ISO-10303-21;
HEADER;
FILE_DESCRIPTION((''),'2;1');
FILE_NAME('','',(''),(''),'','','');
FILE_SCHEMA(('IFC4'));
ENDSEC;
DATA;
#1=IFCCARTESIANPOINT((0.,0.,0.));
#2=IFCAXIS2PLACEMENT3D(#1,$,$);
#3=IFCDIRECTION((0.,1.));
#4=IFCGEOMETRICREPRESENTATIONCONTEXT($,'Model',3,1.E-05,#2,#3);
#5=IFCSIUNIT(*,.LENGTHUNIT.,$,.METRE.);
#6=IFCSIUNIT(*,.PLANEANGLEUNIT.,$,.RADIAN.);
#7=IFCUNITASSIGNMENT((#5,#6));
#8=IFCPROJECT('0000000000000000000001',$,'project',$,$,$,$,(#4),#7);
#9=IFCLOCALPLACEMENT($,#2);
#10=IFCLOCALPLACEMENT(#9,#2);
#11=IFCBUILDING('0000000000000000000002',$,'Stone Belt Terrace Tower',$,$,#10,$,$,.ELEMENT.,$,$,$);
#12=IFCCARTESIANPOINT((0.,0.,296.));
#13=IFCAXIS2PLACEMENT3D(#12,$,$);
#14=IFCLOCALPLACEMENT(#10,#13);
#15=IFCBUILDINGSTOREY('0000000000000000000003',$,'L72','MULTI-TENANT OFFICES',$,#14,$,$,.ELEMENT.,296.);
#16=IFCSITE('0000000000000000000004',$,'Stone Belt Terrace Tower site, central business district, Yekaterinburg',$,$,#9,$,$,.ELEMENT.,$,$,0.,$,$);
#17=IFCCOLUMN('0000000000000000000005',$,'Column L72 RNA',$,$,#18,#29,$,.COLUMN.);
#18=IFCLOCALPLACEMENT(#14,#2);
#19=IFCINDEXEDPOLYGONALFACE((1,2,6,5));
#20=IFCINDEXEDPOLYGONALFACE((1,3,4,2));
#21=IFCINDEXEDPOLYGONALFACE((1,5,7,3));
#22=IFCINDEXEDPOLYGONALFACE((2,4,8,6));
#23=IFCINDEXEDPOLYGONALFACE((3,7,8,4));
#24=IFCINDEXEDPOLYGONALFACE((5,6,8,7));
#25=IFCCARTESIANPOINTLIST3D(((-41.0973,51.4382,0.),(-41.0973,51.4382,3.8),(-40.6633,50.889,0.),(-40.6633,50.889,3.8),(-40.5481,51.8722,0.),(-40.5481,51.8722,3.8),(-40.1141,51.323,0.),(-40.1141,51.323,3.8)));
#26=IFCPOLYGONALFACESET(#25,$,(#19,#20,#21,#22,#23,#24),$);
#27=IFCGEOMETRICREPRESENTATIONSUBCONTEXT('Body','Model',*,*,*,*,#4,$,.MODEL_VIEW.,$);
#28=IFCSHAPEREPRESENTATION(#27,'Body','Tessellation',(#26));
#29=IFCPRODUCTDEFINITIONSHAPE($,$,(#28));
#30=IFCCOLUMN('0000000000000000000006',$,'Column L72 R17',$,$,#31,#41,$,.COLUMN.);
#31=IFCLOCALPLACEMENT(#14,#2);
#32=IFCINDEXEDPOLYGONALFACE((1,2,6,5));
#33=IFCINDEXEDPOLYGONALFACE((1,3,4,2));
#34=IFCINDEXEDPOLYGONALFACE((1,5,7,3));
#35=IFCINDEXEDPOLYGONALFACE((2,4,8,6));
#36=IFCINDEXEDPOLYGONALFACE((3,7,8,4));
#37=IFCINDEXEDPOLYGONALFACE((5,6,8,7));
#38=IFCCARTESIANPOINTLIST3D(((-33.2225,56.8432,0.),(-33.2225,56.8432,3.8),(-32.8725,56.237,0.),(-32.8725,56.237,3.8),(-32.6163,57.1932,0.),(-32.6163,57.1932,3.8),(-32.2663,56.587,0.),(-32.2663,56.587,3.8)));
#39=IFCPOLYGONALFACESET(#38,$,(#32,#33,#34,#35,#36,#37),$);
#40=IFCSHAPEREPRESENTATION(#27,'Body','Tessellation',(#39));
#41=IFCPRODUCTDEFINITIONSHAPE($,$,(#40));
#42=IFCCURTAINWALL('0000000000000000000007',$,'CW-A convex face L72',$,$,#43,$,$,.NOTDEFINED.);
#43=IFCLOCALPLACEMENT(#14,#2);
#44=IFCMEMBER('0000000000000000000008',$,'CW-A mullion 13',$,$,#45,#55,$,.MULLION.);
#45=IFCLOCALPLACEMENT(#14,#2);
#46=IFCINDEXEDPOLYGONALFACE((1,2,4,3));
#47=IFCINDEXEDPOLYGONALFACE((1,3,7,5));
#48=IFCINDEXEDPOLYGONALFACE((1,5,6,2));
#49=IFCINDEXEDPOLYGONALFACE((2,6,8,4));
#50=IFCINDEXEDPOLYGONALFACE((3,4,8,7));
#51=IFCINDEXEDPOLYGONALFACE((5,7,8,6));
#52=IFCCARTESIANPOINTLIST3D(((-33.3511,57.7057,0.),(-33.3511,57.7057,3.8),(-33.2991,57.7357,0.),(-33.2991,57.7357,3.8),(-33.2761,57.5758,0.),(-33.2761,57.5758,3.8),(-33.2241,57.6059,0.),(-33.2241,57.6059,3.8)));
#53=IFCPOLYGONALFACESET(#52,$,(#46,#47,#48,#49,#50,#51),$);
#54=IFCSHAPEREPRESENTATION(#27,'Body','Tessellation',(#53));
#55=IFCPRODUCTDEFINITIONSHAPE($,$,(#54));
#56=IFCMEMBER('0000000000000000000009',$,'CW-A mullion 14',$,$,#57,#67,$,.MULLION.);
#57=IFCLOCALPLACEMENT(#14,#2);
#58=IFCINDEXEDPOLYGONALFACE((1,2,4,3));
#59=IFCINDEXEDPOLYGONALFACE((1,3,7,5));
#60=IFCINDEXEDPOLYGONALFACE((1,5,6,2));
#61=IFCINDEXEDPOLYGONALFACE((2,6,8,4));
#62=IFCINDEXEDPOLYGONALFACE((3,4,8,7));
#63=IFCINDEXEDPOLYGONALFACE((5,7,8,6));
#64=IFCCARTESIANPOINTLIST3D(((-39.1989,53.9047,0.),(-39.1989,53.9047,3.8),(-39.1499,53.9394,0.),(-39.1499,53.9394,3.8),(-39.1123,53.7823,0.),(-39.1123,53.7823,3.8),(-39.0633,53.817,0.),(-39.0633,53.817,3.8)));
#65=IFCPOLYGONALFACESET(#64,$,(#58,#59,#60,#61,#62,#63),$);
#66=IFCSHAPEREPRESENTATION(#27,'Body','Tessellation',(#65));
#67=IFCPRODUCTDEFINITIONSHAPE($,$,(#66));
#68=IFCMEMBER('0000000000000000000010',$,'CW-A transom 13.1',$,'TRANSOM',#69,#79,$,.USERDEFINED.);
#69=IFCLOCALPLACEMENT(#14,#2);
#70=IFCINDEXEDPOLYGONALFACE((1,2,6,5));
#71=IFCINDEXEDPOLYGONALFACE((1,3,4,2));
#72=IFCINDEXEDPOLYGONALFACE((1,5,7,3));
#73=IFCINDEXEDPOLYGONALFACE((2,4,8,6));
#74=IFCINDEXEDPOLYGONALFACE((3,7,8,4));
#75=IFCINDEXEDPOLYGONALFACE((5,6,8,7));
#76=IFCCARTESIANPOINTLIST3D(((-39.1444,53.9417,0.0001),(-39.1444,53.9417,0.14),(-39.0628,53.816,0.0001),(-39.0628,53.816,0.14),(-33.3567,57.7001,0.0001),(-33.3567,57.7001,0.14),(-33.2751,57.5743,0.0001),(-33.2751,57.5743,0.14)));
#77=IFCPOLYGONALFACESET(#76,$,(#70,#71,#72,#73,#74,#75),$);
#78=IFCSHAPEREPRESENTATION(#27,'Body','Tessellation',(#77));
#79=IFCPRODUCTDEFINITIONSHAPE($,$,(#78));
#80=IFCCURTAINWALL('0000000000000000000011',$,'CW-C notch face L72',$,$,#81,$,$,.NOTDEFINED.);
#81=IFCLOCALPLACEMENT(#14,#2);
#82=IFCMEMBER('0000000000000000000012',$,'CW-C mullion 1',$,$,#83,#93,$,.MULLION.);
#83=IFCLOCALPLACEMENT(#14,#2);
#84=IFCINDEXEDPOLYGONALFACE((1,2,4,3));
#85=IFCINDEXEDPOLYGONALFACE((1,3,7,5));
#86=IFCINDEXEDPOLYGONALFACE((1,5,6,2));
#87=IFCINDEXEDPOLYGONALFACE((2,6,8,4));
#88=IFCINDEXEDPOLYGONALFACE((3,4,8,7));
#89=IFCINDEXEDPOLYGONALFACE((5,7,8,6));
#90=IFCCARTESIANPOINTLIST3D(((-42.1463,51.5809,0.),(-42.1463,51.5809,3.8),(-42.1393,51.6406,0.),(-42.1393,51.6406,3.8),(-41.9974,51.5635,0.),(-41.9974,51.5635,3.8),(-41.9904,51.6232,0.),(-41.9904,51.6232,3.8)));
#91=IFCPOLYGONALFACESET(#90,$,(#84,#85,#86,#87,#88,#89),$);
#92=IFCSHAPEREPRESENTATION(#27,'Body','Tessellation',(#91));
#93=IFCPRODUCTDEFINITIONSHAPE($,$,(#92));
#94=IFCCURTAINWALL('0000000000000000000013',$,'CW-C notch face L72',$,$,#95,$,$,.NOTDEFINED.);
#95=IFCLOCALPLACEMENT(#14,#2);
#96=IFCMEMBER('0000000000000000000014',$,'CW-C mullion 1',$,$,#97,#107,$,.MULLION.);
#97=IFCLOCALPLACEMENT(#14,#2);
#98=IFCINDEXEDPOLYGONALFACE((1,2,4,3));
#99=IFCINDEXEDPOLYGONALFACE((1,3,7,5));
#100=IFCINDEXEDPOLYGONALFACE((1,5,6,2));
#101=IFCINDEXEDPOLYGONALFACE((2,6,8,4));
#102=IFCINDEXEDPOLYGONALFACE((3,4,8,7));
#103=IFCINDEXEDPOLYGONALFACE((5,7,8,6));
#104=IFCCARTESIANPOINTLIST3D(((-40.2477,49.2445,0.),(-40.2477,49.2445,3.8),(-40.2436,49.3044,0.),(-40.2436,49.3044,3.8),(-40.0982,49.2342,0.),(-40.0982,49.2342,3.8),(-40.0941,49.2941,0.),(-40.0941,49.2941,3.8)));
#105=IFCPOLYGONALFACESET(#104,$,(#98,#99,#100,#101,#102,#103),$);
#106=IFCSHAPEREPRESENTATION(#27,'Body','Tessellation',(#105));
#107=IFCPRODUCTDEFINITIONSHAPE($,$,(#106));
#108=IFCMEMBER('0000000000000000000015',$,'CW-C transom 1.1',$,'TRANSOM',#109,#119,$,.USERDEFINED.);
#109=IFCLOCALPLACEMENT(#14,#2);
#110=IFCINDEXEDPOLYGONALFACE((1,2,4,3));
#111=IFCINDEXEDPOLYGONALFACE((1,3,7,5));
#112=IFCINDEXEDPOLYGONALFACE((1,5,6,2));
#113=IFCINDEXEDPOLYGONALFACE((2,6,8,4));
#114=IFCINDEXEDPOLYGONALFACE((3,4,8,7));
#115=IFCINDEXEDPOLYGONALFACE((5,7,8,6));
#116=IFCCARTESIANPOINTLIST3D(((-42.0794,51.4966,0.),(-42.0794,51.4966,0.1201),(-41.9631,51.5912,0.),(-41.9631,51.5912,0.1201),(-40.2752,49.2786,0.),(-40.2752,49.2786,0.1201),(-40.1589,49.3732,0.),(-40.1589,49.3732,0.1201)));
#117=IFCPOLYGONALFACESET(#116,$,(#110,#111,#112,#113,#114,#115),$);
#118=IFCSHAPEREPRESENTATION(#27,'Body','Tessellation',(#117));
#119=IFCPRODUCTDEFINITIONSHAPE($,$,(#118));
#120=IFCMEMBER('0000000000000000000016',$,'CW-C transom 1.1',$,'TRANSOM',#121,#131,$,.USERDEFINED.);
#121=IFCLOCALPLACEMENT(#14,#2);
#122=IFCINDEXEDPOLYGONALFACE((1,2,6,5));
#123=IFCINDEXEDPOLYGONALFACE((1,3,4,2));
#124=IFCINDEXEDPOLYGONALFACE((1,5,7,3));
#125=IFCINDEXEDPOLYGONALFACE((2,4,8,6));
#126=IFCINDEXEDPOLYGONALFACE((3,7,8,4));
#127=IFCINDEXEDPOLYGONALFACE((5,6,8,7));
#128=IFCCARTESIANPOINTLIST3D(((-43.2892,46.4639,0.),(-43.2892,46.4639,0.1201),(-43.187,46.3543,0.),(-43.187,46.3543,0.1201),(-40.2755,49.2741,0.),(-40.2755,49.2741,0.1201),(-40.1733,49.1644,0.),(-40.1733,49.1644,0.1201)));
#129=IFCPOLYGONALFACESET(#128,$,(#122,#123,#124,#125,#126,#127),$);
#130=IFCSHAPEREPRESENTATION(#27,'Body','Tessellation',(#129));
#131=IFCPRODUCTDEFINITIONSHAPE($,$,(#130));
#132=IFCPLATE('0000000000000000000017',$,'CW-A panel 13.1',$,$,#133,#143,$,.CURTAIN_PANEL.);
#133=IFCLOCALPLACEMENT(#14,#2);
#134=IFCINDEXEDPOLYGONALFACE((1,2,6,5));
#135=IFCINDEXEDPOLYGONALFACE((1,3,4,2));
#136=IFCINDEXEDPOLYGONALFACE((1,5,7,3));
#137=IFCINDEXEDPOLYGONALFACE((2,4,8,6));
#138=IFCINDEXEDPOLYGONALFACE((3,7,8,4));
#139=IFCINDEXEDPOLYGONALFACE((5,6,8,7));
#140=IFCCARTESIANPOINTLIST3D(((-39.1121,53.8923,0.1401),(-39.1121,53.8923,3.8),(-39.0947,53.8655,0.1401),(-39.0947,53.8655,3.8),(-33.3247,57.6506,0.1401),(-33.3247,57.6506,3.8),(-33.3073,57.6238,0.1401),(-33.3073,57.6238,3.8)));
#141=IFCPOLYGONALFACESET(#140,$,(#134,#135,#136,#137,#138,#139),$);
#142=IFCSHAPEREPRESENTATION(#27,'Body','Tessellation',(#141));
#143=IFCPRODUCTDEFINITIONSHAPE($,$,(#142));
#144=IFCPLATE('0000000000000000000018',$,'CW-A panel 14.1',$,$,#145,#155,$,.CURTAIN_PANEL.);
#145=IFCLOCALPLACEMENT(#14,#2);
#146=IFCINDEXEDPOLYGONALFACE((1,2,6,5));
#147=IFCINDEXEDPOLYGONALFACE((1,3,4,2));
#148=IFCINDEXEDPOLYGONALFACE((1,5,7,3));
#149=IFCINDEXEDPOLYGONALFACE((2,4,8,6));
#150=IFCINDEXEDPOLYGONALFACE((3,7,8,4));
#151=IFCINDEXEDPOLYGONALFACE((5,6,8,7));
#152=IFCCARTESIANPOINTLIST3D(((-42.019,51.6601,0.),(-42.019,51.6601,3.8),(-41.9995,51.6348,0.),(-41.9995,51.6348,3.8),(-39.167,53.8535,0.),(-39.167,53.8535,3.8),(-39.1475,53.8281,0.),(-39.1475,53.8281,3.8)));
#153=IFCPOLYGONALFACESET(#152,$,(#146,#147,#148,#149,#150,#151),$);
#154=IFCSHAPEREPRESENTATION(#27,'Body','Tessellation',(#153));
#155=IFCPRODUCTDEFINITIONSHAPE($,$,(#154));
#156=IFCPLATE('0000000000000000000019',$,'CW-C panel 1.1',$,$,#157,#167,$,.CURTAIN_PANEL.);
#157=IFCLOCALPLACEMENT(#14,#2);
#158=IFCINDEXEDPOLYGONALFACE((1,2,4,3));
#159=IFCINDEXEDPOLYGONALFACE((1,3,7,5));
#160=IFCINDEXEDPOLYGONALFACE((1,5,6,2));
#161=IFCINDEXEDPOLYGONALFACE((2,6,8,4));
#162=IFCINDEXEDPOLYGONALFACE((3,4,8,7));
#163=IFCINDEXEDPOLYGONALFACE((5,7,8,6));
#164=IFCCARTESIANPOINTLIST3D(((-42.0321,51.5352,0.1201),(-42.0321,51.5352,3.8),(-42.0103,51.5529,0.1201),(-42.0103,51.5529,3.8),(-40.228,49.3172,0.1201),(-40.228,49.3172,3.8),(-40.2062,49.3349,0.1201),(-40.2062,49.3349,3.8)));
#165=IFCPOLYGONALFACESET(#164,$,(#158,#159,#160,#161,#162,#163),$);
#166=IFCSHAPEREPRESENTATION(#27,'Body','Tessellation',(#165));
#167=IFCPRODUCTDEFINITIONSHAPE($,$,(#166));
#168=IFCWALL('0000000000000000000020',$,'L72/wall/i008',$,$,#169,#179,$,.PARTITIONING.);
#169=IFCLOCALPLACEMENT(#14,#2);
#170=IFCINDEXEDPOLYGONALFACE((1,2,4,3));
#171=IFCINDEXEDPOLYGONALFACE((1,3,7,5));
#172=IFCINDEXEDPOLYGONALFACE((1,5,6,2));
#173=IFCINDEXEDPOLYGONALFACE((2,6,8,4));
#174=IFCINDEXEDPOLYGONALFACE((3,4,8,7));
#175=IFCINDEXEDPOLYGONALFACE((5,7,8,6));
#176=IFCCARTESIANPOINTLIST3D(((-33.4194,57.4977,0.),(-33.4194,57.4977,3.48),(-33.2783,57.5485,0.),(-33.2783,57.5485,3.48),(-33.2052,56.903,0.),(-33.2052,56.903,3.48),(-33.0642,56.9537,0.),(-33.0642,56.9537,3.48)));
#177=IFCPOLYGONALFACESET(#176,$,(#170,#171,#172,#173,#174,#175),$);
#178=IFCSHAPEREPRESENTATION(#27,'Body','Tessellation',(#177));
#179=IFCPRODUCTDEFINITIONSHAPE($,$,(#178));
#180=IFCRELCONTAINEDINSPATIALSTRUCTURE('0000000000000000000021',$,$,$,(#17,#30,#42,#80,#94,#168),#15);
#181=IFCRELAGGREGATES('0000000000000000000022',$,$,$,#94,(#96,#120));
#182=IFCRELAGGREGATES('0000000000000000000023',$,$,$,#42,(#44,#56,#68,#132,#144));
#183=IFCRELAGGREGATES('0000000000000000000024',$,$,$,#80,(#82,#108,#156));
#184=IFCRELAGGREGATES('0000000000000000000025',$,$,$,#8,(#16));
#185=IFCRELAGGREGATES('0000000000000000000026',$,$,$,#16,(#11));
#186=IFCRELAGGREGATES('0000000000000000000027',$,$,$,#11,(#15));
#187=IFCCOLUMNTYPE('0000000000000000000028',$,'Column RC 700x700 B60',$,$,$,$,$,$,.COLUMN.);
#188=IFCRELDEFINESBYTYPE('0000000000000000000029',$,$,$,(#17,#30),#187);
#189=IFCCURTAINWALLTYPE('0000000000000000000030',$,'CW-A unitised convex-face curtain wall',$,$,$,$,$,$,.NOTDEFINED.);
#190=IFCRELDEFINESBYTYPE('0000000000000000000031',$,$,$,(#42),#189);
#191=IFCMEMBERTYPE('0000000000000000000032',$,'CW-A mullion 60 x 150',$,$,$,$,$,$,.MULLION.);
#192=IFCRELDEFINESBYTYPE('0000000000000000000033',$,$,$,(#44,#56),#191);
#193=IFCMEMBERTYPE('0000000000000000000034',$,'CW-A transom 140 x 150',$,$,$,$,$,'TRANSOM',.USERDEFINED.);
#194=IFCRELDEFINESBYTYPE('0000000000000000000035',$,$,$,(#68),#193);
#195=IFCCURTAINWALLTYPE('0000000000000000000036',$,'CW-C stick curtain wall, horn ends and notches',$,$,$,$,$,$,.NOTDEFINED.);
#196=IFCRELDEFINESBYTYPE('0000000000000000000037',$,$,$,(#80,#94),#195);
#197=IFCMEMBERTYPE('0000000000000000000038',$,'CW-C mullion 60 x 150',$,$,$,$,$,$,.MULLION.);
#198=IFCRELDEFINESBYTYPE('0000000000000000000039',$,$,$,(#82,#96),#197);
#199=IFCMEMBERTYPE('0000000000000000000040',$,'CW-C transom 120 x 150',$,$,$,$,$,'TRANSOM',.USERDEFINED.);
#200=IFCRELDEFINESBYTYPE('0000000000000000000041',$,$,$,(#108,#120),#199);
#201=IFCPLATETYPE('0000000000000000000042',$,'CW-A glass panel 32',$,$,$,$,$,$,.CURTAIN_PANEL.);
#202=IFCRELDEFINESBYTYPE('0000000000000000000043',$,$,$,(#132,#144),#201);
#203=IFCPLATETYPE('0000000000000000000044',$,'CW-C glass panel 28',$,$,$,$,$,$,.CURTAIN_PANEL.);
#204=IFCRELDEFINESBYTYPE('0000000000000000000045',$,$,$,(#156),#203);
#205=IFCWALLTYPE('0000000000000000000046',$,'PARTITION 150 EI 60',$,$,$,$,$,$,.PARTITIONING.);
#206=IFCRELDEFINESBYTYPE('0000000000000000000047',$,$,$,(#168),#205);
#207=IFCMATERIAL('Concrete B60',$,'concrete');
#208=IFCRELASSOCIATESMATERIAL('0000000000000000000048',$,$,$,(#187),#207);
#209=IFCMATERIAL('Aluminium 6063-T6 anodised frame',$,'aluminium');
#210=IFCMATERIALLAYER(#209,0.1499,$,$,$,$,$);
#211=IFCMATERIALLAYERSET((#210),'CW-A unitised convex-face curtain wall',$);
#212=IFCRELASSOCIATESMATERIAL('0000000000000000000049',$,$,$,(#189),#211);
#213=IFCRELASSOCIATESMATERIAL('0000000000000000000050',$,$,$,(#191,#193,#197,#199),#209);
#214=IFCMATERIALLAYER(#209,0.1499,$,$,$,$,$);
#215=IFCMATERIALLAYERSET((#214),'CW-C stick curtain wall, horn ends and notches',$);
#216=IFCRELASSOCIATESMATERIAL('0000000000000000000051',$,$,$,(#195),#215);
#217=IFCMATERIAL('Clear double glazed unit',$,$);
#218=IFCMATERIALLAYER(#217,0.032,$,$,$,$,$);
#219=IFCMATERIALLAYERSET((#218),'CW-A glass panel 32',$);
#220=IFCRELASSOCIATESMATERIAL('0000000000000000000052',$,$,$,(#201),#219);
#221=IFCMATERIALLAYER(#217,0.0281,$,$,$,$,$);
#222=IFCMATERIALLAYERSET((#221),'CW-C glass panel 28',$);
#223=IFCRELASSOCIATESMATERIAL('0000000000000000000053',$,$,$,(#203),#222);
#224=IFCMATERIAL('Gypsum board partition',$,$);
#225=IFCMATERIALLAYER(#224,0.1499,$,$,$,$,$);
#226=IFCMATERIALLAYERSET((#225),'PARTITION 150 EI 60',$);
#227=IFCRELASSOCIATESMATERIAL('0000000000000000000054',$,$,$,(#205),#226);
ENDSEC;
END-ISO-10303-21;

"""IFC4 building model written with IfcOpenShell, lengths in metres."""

from ifc_helpers import new_model, si_unit, direction, frame, frame_2d, origin, origin_2d, place, context, subcontext, project, spatial, rectangle, extrude, material, layer, layer_set, material_profile, profile_set, type_object, element, aggregate, save


model = new_model("IFC4")

# Units and contexts
model_context = context("Model", 3, precision=1e-05, world=origin(), true_north=direction((0.0, 1.0)))
body_context = subcontext(model_context, "Body", "Model", "MODEL_VIEW")
ifc_project = project(units=[si_unit("LENGTHUNIT", "METRE"), si_unit("PLANEANGLEUNIT", "RADIAN")], contexts=[model_context])

# Site, building, storey
site_placement = place(None, origin())
site = spatial("IfcSite", under=ifc_project, at=site_placement, Name="Stone Belt Terrace Tower site, central business district, Yekaterinburg", CompositionType="ELEMENT", RefElevation=0.0)
building_placement = place(site_placement, origin())
building = spatial("IfcBuilding", under=site, at=building_placement, Name="Stone Belt Terrace Tower", CompositionType="ELEMENT")
storey_placement = place(building_placement, frame((0.0, 0.0, 296.0)))
storey = spatial("IfcBuildingStorey", under=building, at=storey_placement, Name="L72", Description="MULTI-TENANT OFFICES", CompositionType="ELEMENT", Elevation=296.0)

# Columns
ifc_material_1 = material(Name="Concrete B60", Category="concrete")
ifc_material_profile_1 = material_profile(ifc_material_1, rectangle(XDim=0.7, YDim=0.7, at=origin_2d()), Name="RC 700x700")
ifc_profile_set_1 = profile_set([ifc_material_profile_1], Name="Concrete B60")
column_type = type_object("IfcColumnType", Name="Column RC 700x700 B60", PredefinedType="COLUMN", material=ifc_profile_set_1)
for number, where, z_axis, x_axis, name in (
    (1, (-40.6057, 51.3806, 0.0), (0.0, 0.0, 1.0), (0.78457, 0.620041, 0.0), "Column L72 RNA"),
    (2, (-32.7444, 56.7151, 0.0), (0.0, 0.0, 1.0), (0.866025, 0.5, 0.0), "Column L72 R17"),
):
    element("IfcColumn", number, at=place(storey_placement, frame(where, z_axis=z_axis, x_axis=x_axis)), inside=storey, type_object=column_type, Name=name, PredefinedType="COLUMN", context=body_context, shape_type="SweptSolid", body=[
        extrude(rectangle(XDim=0.7, YDim=0.7, at=origin_2d()), origin(), (0.0, 0.0, 1.0), 3.8),
    ])

# Curtain wall, members
ifc_material_2 = material(Name="Aluminium 6063-T6 anodised frame", Category="aluminium")
ifc_layer_1 = layer(ifc_material_2, 0.1499)
ifc_layer_set_1 = layer_set([ifc_layer_1], Name="CW-A unitised convex-face curtain wall")
curtain_wall_type_1 = type_object("IfcCurtainWallType", Name="CW-A unitised convex-face curtain wall", PredefinedType="NOTDEFINED", material=ifc_layer_set_1)
curtain_wall_1_placement = place(storey_placement, origin())
curtain_wall_1 = element("IfcCurtainWall", 3, at=curtain_wall_1_placement, inside=storey, type_object=curtain_wall_type_1, Name="CW-A convex face L72", PredefinedType="NOTDEFINED")
ifc_material_profile_2 = material_profile(ifc_material_2, rectangle(XDim=0.1499, YDim=0.0601, at=origin_2d()), Name="Aluminium 6063-T6 60x150")
ifc_profile_set_2 = profile_set([ifc_material_profile_2], Name="Aluminium 6063-T6 anodised frame")
member_type_1 = type_object("IfcMemberType", Name="CW-A mullion 60 x 150", PredefinedType="MULLION", material=ifc_profile_set_2)
member_1_placement = place(storey_placement, frame((-33.2876, 57.6558, 0.0), z_axis=(0.0, 0.0, 1.0), x_axis=(0.5, -0.866025, 0.0)))
member_1 = element("IfcMember", 4, at=member_1_placement, type_object=member_type_1, Name="CW-A mullion 13", PredefinedType="MULLION", context=body_context, shape_type="SweptSolid", body=[
    extrude(rectangle(XDim=0.1499, YDim=0.0601, at=origin_2d()), origin(), (0.0, 0.0, 1.0), 3.8),
])
member_2_placement = place(storey_placement, frame((-39.1311, 53.8608, 0.0), z_axis=(0.0, 0.0, 1.0), x_axis=(0.577587, -0.816329, 0.0)))
member_2 = element("IfcMember", 5, at=member_2_placement, type_object=member_type_1, Name="CW-A mullion 14", PredefinedType="MULLION", context=body_context, shape_type="SweptSolid", body=[
    extrude(rectangle(XDim=0.1499, YDim=0.0601, at=origin_2d()), origin(), (0.0, 0.0, 1.0), 3.8),
])
ifc_material_profile_3 = material_profile(ifc_material_2, rectangle(XDim=0.1499, YDim=0.1399, at=origin_2d()), Name="Aluminium 6063-T6 150x140")
ifc_profile_set_3 = profile_set([ifc_material_profile_3], Name="Aluminium 6063-T6 anodised frame")
member_type_2 = type_object("IfcMemberType", Name="CW-A transom 140 x 150", ElementType="TRANSOM", PredefinedType="USERDEFINED", material=ifc_profile_set_3)
member_3_placement = place(storey_placement, frame((-33.3159, 57.6372, 0.0701), z_axis=(-0.838684, -0.544618, 0.0), x_axis=(0.544618, -0.838684, 0.0)))
member_3 = element("IfcMember", 6, at=member_3_placement, type_object=member_type_2, Name="CW-A transom 13.1", ObjectType="TRANSOM", PredefinedType="USERDEFINED", context=body_context, shape_type="SweptSolid", body=[
    extrude(rectangle(XDim=0.1499, YDim=0.1399, at=origin_2d()), origin(), (0.0, 0.0, 1.0), 6.9009),
])

# Curtain walls, members
ifc_layer_2 = layer(ifc_material_2, 0.1499)
ifc_layer_set_2 = layer_set([ifc_layer_2], Name="CW-C stick curtain wall, horn ends and notches")
curtain_wall_type_2 = type_object("IfcCurtainWallType", Name="CW-C stick curtain wall, horn ends and notches", PredefinedType="NOTDEFINED", material=ifc_layer_set_2)
curtain_wall_2_placement = place(storey_placement, origin())
curtain_wall_2 = element("IfcCurtainWall", 7, at=curtain_wall_2_placement, inside=storey, type_object=curtain_wall_type_2, Name="CW-C notch face L72", PredefinedType="NOTDEFINED")
ifc_material_profile_4 = material_profile(ifc_material_2, rectangle(XDim=0.1499, YDim=0.0601, at=origin_2d()), Name="Aluminium 6063-T6 60x150")
ifc_profile_set_4 = profile_set([ifc_material_profile_4], Name="Aluminium 6063-T6 anodised frame")
member_type_3 = type_object("IfcMemberType", Name="CW-C mullion 60 x 150", PredefinedType="MULLION", material=ifc_profile_set_4)
member_4_placement = place(storey_placement, frame((-42.0684, 51.6021, 0.0), z_axis=(0.0, 0.0, 1.0), x_axis=(0.993258, -0.115925, 0.0)))
member_4 = element("IfcMember", 8, at=member_4_placement, type_object=member_type_3, Name="CW-C mullion 1", PredefinedType="MULLION", context=body_context, shape_type="SweptSolid", body=[
    extrude(rectangle(XDim=0.1499, YDim=0.0601, at=origin_2d()), origin(), (0.0, 0.0, 1.0), 3.8),
])
curtain_wall_3_placement = place(storey_placement, origin())
curtain_wall_3 = element("IfcCurtainWall", 9, at=curtain_wall_3_placement, inside=storey, type_object=curtain_wall_type_2, Name="CW-C notch face L72", PredefinedType="NOTDEFINED")
member_5_placement = place(storey_placement, frame((-40.1709, 49.2693, 0.0), z_axis=(0.0, 0.0, 1.0), x_axis=(0.99764, -0.068666, 0.0)))
member_5 = element("IfcMember", 10, at=member_5_placement, type_object=member_type_3, Name="CW-C mullion 1", PredefinedType="MULLION", context=body_context, shape_type="SweptSolid", body=[
    extrude(rectangle(XDim=0.1499, YDim=0.0601, at=origin_2d()), origin(), (0.0, 0.0, 1.0), 3.8),
])

# Members
ifc_material_profile_5 = material_profile(ifc_material_2, rectangle(XDim=0.1499, YDim=0.1201, at=origin_2d()), Name="Aluminium 6063-T6 150x120")
ifc_profile_set_5 = profile_set([ifc_material_profile_5], Name="Aluminium 6063-T6 anodised frame")
member_type_4 = type_object("IfcMemberType", Name="CW-C transom 120 x 150", ElementType="TRANSOM", PredefinedType="USERDEFINED", material=ifc_profile_set_5)
member_6_placement = place(storey_placement, frame((-42.0212, 51.5439, 0.0601), z_axis=(0.631027, -0.775761, 0.0), x_axis=(0.775761, 0.631027, 0.0)))
member_6 = element("IfcMember", 11, at=member_6_placement, type_object=member_type_4, Name="CW-C transom 1.1", ObjectType="TRANSOM", PredefinedType="USERDEFINED", context=body_context, shape_type="SweptSolid", body=[
    extrude(rectangle(XDim=0.1499, YDim=0.1201, at=origin_2d()), origin(), (0.0, 0.0, 1.0), 2.8591),
])
member_7_placement = place(storey_placement, frame((-40.2244, 49.2192, 0.0601), z_axis=(-0.731382, -0.681968, 0.0), x_axis=(0.681968, -0.731382, 0.0)))
member_7 = element("IfcMember", 12, at=member_7_placement, type_object=member_type_4, Name="CW-C transom 1.1", ObjectType="TRANSOM", PredefinedType="USERDEFINED", context=body_context, shape_type="SweptSolid", body=[
    extrude(rectangle(XDim=0.1499, YDim=0.1201, at=origin_2d()), origin(), (0.0, 0.0, 1.0), 4.1206),
])
aggregate(curtain_wall_3, [member_5, member_7])

# Plates
ifc_material_3 = material(Name="Clear double glazed unit")
ifc_layer_3 = layer(ifc_material_3, 0.032)
ifc_layer_set_3 = layer_set([ifc_layer_3], Name="CW-A glass panel 32")
plate_type_1 = type_object("IfcPlateType", Name="CW-A glass panel 32", PredefinedType="CURTAIN_PANEL", material=ifc_layer_set_3)
plate_1_placement = place(storey_placement, frame((-36.2097, 55.7581, 0.1401), z_axis=(0.0, 0.0, 1.0), x_axis=(-0.838671, -0.544639, 0.0)))
plate_1 = element("IfcPlate", 13, at=plate_1_placement, type_object=plate_type_1, Name="CW-A panel 13.1", PredefinedType="CURTAIN_PANEL", context=body_context, shape_type="SweptSolid", body=[
    extrude(rectangle(XDim=6.9006, YDim=0.032, at=origin_2d()), origin(), (0.0, 0.0, 1.0), 3.6599),
])
plate_2_placement = place(storey_placement, frame((-40.5833, 52.7441, 0.0), z_axis=(0.0, 0.0, 1.0), x_axis=(-0.792694, -0.60962, 0.0)))
plate_2 = element("IfcPlate", 14, at=plate_2_placement, type_object=plate_type_1, Name="CW-A panel 14.1", PredefinedType="CURTAIN_PANEL", context=body_context, shape_type="SweptSolid", body=[
    extrude(rectangle(XDim=3.5979, YDim=0.032, at=origin_2d()), origin(), (0.0, 0.0, 1.0), 3.8),
])
aggregate(curtain_wall_1, [member_1, member_2, member_3, plate_1, plate_2])
ifc_layer_4 = layer(ifc_material_3, 0.0281)
ifc_layer_set_4 = layer_set([ifc_layer_4], Name="CW-C glass panel 28")
plate_type_2 = type_object("IfcPlateType", Name="CW-C glass panel 28", PredefinedType="CURTAIN_PANEL", material=ifc_layer_set_4)
plate_3_placement = place(storey_placement, frame((-41.1191, 50.4351, 0.1201), z_axis=(0.0, 0.0, 1.0), x_axis=(0.631001, -0.775782, 0.0)))
plate_3 = element("IfcPlate", 15, at=plate_3_placement, type_object=plate_type_2, Name="CW-C panel 1.1", PredefinedType="CURTAIN_PANEL", context=body_context, shape_type="SweptSolid", body=[
    extrude(rectangle(XDim=2.8591, YDim=0.0281, at=origin_2d()), origin(), (0.0, 0.0, 1.0), 3.6799),
])
aggregate(curtain_wall_2, [member_4, member_6, plate_3])

# Wall
ifc_material_4 = material(Name="Gypsum board partition")
ifc_layer_5 = layer(ifc_material_4, 0.1499)
ifc_layer_set_5 = layer_set([ifc_layer_5], Name="PARTITION 150 EI 60")
wall_type = type_object("IfcWallType", Name="PARTITION 150 EI 60", PredefinedType="PARTITIONING", material=ifc_layer_set_5)
wall_1_placement = place(storey_placement, frame((-33.1348, 56.9285, 0.0), z_axis=(0.0, 0.0, 1.0), x_axis=(-0.338733, 0.940882, 0.0)))
element("IfcWall", 16, at=wall_1_placement, inside=storey, type_object=wall_type, Name="L72/wall/i008", PredefinedType="PARTITIONING", context=body_context, shape_type="SweptSolid", body=[
    extrude(rectangle(XDim=0.6321, YDim=0.1499, at=frame_2d((0.3159, 0.0))), origin(), (0.0, 0.0, 1.0), 3.48),
])

save(model, "model.ifc")
